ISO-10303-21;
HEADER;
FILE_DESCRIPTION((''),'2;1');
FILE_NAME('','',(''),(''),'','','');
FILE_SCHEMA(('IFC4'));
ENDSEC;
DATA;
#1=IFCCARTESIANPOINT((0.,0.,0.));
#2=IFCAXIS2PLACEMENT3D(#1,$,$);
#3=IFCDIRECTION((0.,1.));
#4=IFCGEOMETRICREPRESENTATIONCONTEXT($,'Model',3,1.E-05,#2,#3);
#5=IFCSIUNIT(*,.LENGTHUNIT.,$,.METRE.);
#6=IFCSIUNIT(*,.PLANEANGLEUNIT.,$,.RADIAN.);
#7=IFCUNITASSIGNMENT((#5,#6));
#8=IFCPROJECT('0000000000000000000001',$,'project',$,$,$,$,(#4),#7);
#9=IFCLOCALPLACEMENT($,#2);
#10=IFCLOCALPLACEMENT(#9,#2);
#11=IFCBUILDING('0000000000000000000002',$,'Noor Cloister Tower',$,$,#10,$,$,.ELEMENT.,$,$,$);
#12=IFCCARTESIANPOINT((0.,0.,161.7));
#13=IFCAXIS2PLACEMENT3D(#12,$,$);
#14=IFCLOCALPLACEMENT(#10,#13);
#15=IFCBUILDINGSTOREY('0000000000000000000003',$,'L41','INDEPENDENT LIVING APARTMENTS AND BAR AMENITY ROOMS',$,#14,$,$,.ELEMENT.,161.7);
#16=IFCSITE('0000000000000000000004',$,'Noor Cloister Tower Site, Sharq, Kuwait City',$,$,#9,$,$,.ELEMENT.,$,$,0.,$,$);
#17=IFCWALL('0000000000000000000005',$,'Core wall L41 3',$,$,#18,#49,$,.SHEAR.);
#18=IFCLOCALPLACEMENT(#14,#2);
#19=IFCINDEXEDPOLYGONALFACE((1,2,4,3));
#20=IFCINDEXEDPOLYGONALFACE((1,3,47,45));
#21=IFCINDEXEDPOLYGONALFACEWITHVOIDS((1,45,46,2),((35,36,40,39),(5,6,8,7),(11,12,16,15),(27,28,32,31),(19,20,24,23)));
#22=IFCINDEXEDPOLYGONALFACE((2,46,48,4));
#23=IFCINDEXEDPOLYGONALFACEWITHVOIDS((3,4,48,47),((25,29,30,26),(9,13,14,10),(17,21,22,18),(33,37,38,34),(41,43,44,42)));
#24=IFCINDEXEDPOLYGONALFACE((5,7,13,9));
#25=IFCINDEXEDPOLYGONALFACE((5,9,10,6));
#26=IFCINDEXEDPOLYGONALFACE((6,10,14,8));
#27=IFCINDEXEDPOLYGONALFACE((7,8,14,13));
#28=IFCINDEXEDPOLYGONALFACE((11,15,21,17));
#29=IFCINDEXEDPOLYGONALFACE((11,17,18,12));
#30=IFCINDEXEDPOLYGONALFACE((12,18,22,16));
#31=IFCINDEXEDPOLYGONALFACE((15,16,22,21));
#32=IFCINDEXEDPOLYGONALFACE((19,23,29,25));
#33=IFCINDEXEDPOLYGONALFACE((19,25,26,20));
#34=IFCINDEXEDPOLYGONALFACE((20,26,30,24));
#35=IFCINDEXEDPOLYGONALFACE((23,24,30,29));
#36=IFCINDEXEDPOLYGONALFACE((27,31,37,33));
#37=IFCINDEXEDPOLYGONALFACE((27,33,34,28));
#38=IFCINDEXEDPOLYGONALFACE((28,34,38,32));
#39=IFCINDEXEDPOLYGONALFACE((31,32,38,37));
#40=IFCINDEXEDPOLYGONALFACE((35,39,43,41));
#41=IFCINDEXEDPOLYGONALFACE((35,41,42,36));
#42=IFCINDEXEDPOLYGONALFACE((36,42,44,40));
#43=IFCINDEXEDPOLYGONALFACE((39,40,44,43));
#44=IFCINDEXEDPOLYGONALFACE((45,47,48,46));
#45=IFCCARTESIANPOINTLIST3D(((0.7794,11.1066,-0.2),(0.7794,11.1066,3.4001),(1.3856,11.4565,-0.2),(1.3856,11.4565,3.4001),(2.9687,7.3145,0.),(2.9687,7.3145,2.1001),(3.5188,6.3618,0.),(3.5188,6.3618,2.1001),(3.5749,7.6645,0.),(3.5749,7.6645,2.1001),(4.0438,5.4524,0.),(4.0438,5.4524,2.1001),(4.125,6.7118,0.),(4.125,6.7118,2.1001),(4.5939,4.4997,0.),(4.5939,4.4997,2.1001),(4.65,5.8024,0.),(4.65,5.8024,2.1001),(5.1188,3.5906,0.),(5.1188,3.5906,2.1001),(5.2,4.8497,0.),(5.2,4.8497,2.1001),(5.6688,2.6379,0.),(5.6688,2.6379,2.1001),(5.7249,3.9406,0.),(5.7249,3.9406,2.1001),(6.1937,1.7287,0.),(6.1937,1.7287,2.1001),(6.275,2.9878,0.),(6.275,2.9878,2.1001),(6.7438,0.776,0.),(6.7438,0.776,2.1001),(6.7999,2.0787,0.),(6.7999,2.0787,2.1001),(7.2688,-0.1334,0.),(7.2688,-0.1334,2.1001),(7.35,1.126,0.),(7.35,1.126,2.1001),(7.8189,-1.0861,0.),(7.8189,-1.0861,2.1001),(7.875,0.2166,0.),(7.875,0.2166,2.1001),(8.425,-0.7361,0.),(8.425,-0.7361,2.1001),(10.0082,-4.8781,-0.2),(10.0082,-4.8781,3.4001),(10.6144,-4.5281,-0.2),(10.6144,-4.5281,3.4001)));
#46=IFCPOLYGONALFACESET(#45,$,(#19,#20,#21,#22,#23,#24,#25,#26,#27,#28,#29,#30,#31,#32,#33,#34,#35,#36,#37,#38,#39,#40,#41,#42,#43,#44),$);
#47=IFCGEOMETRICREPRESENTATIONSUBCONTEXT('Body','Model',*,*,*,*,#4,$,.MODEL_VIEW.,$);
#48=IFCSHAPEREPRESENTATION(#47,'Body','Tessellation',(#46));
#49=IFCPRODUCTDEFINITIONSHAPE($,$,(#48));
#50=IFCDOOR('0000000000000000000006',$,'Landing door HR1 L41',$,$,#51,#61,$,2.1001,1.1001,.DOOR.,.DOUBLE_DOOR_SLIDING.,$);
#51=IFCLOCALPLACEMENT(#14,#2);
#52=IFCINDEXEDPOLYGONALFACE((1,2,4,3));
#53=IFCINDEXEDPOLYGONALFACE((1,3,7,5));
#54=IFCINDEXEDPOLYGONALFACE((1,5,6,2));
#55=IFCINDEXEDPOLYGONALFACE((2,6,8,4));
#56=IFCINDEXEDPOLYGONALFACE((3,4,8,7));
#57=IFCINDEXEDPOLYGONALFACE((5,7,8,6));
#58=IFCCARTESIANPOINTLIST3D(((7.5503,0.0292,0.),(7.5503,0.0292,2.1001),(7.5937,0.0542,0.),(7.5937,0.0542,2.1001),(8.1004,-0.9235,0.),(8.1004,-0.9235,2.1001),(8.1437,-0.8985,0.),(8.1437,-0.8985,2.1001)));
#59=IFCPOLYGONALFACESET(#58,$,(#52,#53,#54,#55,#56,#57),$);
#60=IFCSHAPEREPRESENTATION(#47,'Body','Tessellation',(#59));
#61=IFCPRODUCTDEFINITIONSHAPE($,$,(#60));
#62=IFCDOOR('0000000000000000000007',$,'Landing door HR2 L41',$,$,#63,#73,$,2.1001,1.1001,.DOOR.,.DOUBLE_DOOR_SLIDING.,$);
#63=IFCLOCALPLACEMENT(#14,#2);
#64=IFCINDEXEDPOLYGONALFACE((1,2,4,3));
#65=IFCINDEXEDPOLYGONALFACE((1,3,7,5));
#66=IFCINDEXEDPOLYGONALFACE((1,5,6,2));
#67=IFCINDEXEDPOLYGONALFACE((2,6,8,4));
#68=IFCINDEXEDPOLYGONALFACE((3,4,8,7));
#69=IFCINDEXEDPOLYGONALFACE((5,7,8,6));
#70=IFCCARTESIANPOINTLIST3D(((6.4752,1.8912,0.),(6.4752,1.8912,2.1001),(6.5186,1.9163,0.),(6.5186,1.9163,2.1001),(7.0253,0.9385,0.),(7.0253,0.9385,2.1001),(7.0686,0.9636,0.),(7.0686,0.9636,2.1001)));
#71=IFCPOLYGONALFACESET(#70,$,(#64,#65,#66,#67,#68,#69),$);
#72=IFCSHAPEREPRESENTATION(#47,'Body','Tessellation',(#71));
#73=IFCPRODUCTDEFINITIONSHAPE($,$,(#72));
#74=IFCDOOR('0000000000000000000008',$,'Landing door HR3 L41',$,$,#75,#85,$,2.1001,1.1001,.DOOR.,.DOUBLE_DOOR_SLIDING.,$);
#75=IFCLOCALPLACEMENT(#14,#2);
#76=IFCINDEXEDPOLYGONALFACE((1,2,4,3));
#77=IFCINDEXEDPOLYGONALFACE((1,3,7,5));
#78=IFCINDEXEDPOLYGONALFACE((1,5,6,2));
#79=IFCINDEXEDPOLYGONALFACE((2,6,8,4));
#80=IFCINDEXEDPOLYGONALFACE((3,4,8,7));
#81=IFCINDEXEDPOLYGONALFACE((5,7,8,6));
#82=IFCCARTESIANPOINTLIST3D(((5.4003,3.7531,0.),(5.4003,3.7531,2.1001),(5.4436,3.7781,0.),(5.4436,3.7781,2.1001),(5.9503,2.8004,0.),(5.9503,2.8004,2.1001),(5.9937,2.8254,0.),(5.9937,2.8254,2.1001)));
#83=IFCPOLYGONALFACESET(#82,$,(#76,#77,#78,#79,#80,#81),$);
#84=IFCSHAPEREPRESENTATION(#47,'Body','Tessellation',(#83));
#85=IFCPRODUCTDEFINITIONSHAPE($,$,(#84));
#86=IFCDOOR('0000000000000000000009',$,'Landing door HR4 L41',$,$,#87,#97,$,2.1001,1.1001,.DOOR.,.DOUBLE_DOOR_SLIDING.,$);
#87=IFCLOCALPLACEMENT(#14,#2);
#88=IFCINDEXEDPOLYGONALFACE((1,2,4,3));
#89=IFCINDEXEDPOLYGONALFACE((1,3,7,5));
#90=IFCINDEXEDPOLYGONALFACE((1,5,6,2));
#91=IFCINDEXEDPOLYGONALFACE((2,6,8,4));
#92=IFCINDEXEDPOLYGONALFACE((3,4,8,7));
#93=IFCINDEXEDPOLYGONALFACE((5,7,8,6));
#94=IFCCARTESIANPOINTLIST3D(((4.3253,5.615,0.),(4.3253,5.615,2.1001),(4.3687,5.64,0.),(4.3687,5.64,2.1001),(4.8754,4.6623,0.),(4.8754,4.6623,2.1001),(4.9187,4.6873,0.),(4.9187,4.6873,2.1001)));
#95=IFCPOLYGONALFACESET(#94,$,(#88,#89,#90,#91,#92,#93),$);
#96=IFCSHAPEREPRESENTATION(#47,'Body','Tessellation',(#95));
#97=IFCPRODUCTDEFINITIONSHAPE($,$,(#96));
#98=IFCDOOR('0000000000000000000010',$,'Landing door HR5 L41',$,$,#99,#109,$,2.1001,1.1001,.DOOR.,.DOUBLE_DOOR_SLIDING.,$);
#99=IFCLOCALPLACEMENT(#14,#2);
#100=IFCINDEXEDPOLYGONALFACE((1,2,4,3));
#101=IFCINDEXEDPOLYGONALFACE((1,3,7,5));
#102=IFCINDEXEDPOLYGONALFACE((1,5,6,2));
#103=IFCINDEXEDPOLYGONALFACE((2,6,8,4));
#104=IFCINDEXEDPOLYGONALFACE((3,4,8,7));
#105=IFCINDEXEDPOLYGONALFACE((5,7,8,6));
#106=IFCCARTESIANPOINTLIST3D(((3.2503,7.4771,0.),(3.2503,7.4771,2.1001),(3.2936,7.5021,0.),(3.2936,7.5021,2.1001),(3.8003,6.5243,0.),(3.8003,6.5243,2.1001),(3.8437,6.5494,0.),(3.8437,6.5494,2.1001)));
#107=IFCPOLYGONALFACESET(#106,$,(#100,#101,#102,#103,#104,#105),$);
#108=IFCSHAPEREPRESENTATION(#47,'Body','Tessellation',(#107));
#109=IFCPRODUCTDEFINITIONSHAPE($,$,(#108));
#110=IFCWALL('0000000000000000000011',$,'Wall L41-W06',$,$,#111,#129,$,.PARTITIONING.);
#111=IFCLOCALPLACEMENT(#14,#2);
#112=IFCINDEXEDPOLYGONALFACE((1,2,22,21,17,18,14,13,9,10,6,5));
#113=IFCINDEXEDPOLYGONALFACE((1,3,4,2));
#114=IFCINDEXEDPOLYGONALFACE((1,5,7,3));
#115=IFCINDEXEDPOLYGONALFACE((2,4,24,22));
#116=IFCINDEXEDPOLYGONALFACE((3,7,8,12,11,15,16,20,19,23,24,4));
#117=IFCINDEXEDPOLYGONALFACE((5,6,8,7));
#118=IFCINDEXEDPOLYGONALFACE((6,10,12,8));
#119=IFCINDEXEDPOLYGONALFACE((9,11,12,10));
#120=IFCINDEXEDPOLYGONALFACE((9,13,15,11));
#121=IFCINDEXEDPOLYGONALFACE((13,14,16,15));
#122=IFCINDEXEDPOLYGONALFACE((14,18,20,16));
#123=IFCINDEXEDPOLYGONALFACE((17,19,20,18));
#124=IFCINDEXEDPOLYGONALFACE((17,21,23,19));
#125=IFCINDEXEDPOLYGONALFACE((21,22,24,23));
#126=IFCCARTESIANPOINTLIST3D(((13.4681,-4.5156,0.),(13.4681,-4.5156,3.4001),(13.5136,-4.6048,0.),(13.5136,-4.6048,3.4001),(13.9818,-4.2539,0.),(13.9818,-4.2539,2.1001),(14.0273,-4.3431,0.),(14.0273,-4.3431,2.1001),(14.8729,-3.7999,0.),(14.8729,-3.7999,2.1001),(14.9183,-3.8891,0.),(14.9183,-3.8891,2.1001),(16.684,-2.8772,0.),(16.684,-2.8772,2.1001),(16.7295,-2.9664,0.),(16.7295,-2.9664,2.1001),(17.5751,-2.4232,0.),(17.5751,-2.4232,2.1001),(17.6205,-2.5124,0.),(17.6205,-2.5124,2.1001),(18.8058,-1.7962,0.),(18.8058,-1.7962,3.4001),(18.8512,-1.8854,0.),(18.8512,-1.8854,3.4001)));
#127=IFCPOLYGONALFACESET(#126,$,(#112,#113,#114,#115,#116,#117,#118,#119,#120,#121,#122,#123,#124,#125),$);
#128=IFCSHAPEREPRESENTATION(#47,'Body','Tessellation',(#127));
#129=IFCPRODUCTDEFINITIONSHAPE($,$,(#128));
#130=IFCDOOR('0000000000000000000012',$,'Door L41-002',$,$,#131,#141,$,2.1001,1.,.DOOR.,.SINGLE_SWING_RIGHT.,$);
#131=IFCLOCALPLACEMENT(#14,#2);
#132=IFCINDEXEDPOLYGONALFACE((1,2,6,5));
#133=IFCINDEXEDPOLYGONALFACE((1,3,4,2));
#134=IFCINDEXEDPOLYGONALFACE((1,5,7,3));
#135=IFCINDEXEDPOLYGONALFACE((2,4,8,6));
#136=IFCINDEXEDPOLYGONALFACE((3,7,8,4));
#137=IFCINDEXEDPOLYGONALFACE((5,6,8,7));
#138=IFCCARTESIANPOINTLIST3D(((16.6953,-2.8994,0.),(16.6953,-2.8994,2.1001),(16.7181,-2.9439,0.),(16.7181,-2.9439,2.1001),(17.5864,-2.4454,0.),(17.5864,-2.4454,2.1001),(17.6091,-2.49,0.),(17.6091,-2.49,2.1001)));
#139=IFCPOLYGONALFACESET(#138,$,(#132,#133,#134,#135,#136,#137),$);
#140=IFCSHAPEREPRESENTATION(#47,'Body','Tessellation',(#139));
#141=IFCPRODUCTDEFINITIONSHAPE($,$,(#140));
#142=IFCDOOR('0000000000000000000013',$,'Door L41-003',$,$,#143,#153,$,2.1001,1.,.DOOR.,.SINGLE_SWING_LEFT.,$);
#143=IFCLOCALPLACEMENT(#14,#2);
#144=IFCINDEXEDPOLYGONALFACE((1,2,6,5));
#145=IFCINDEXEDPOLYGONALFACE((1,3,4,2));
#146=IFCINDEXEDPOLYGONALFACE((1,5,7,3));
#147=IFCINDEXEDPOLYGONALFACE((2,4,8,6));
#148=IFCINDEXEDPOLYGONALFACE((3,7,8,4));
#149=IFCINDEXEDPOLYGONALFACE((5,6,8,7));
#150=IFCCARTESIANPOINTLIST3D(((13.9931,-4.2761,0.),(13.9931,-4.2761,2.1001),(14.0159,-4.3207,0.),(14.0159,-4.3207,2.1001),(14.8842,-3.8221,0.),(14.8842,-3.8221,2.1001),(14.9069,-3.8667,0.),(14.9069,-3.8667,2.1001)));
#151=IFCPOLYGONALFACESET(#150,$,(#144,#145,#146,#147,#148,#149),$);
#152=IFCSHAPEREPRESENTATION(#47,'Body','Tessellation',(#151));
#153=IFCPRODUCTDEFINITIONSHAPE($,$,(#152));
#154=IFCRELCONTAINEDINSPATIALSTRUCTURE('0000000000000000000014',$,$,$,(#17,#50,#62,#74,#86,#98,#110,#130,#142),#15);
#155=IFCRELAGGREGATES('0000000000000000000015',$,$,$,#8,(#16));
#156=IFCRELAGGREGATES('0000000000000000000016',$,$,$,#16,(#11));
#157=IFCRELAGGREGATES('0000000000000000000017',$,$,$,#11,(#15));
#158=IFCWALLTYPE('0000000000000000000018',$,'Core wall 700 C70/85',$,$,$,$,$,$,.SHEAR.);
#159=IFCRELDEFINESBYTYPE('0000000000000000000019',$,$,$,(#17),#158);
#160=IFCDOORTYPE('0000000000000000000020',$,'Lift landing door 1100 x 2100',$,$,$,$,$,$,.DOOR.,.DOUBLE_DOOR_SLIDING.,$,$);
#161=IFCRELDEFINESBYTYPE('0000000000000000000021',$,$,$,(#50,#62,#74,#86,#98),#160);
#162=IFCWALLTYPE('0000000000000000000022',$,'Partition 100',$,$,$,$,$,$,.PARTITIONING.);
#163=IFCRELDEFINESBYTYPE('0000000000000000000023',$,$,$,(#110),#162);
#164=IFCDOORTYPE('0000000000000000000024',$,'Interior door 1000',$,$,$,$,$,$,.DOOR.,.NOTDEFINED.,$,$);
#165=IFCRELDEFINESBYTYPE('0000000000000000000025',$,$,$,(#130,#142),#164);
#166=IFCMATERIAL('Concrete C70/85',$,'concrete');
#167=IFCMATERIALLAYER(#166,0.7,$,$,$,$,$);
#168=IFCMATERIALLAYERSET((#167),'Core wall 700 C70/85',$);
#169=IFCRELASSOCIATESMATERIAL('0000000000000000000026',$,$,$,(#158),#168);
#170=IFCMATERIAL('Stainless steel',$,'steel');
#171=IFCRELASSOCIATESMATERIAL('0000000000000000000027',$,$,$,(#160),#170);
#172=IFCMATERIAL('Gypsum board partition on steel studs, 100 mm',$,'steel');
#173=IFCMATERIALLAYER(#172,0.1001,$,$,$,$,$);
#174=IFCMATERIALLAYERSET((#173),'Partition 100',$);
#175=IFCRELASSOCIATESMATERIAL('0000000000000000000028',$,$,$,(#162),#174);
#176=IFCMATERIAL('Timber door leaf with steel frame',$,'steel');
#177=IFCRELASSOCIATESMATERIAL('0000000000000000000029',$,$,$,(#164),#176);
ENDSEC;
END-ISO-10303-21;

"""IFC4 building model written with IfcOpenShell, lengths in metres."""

from ifc_helpers import new_model, si_unit, direction, frame, frame_2d, origin, place, context, subcontext, project, spatial, rectangle, extrude, material, layer, layer_set, type_object, element, fill, save


model = new_model("IFC4")

# Units and contexts
model_context = context("Model", 3, precision=1e-05, world=origin(), true_north=direction((0.0, 1.0)))
body_context = subcontext(model_context, "Body", "Model", "MODEL_VIEW")
ifc_project = project(units=[si_unit("LENGTHUNIT", "METRE"), si_unit("PLANEANGLEUNIT", "RADIAN")], contexts=[model_context])

# Site, building, storey
site_placement = place(None, origin())
site = spatial("IfcSite", under=ifc_project, at=site_placement, Name="Noor Cloister Tower Site, Sharq, Kuwait City", CompositionType="ELEMENT", RefElevation=0.0)
building_placement = place(site_placement, origin())
building = spatial("IfcBuilding", under=site, at=building_placement, Name="Noor Cloister Tower", CompositionType="ELEMENT")
storey_placement = place(building_placement, frame((0.0, 0.0, 161.7)))
storey = spatial("IfcBuildingStorey", under=building, at=storey_placement, Name="L41", Description="INDEPENDENT LIVING APARTMENTS AND BAR AMENITY ROOMS", CompositionType="ELEMENT", Elevation=161.7)

# Walls, openings, doors
ifc_material_1 = material(Name="Concrete C70/85", Category="concrete")
ifc_layer_1 = layer(ifc_material_1, 0.7)
ifc_layer_set_1 = layer_set([ifc_layer_1], Name="Core wall 700 C70/85")
wall_type_1 = type_object("IfcWallType", Name="Core wall 700 C70/85", PredefinedType="SHEAR", material=ifc_layer_set_1)
wall_1_placement = place(storey_placement, frame((10.3113, -4.7031, -0.2), z_axis=(0.0, 0.0, 1.0), x_axis=(-0.500001, 0.866025, 0.0)))
wall_1 = element("IfcWall", 1, at=wall_1_placement, inside=storey, type_object=wall_type_1, Name="Core wall L41 3", PredefinedType="SHEAR", context=body_context, shape_type="SweptSolid", body=[
    extrude(rectangle(XDim=18.4575, YDim=0.7, at=frame_2d((9.2288, 0.0))), origin(), (0.0, 0.0, 1.0), 3.6001),
])
opening_1_placement = place(wall_1_placement, frame((4.3787, 0.0, 0.2)))
opening_1 = element("IfcOpeningElement", 2, at=opening_1_placement, cuts=wall_1, PredefinedType="OPENING", context=body_context, shape_type="SweptSolid", body=[
    extrude(rectangle(XDim=1.1001, YDim=2.1001, at=frame_2d((0.55, 1.05))), frame((0.0, 0.3599, 0.0), z_axis=(0.0, -1.0, 0.0), x_axis=(1.0, 0.0, 0.0)), (0.0, 0.0, 1.0), 0.72),
])
opening_2_placement = place(wall_1_placement, frame((6.5288, 0.0, 0.2)))
opening_2 = element("IfcOpeningElement", 3, at=opening_2_placement, cuts=wall_1, PredefinedType="OPENING", context=body_context, shape_type="SweptSolid", body=[
    extrude(rectangle(XDim=1.1001, YDim=2.1001, at=frame_2d((0.55, 1.05))), frame((0.0, 0.3599, 0.0), z_axis=(0.0, -1.0, 0.0), x_axis=(1.0, 0.0, 0.0)), (0.0, 0.0, 1.0), 0.72),
])
opening_3_placement = place(wall_1_placement, frame((8.6787, 0.0, 0.2)))
opening_3 = element("IfcOpeningElement", 4, at=opening_3_placement, cuts=wall_1, PredefinedType="OPENING", context=body_context, shape_type="SweptSolid", body=[
    extrude(rectangle(XDim=1.1001, YDim=2.1001, at=frame_2d((0.55, 1.05))), frame((0.0, 0.3599, 0.0), z_axis=(0.0, -1.0, 0.0), x_axis=(1.0, 0.0, 0.0)), (0.0, 0.0, 1.0), 0.72),
])
opening_4_placement = place(wall_1_placement, frame((10.8286, 0.0, 0.2)))
opening_4 = element("IfcOpeningElement", 5, at=opening_4_placement, cuts=wall_1, PredefinedType="OPENING", context=body_context, shape_type="SweptSolid", body=[
    extrude(rectangle(XDim=1.1001, YDim=2.1001, at=frame_2d((0.55, 1.05))), frame((0.0, 0.3599, 0.0), z_axis=(0.0, -1.0, 0.0), x_axis=(1.0, 0.0, 0.0)), (0.0, 0.0, 1.0), 0.72),
])
opening_5_placement = place(wall_1_placement, frame((12.9788, 0.0, 0.2)))
opening_5 = element("IfcOpeningElement", 6, at=opening_5_placement, cuts=wall_1, PredefinedType="OPENING", context=body_context, shape_type="SweptSolid", body=[
    extrude(rectangle(XDim=1.1001, YDim=2.1001, at=frame_2d((0.55, 1.05))), frame((0.0, 0.3599, 0.0), z_axis=(0.0, -1.0, 0.0), x_axis=(1.0, 0.0, 0.0)), (0.0, 0.0, 1.0), 0.72),
])
ifc_material_2 = material(Name="Stainless steel", Category="steel")
door_type_1 = type_object("IfcDoorType", Name="Lift landing door 1100 x 2100", OperationType="DOUBLE_DOOR_SLIDING", PredefinedType="DOOR", material=ifc_material_2)
door_1_placement = place(opening_1_placement, origin())
door_1 = element("IfcDoor", 7, at=door_1_placement, inside=storey, type_object=door_type_1, Name="Landing door HR1 L41", OperationType="DOUBLE_DOOR_SLIDING", OverallHeight=2.1001, OverallWidth=1.1001, PredefinedType="DOOR", context=body_context, shape_type="SweptSolid", body=[
    extrude(rectangle(XDim=1.1001, YDim=2.1001, at=frame_2d((0.55, 1.05))), frame((0.0, 0.0249, 0.0), z_axis=(0.0, -1.0, 0.0), x_axis=(1.0, 0.0, 0.0)), (0.0, 0.0, 1.0), 0.05),
])
fill(opening_1, door_1)
door_2_placement = place(opening_2_placement, origin())
door_2 = element("IfcDoor", 8, at=door_2_placement, inside=storey, type_object=door_type_1, Name="Landing door HR2 L41", OperationType="DOUBLE_DOOR_SLIDING", OverallHeight=2.1001, OverallWidth=1.1001, PredefinedType="DOOR", context=body_context, shape_type="SweptSolid", body=[
    extrude(rectangle(XDim=1.1001, YDim=2.1001, at=frame_2d((0.55, 1.05))), frame((0.0, 0.0249, 0.0), z_axis=(0.0, -1.0, 0.0), x_axis=(1.0, 0.0, 0.0)), (0.0, 0.0, 1.0), 0.05),
])
fill(opening_2, door_2)
door_3_placement = place(opening_3_placement, origin())
door_3 = element("IfcDoor", 9, at=door_3_placement, inside=storey, type_object=door_type_1, Name="Landing door HR3 L41", OperationType="DOUBLE_DOOR_SLIDING", OverallHeight=2.1001, OverallWidth=1.1001, PredefinedType="DOOR", context=body_context, shape_type="SweptSolid", body=[
    extrude(rectangle(XDim=1.1001, YDim=2.1001, at=frame_2d((0.55, 1.05))), frame((0.0, 0.0249, 0.0), z_axis=(0.0, -1.0, 0.0), x_axis=(1.0, 0.0, 0.0)), (0.0, 0.0, 1.0), 0.05),
])
fill(opening_3, door_3)
door_4_placement = place(opening_4_placement, origin())
door_4 = element("IfcDoor", 10, at=door_4_placement, inside=storey, type_object=door_type_1, Name="Landing door HR4 L41", OperationType="DOUBLE_DOOR_SLIDING", OverallHeight=2.1001, OverallWidth=1.1001, PredefinedType="DOOR", context=body_context, shape_type="SweptSolid", body=[
    extrude(rectangle(XDim=1.1001, YDim=2.1001, at=frame_2d((0.55, 1.05))), frame((0.0, 0.0249, 0.0), z_axis=(0.0, -1.0, 0.0), x_axis=(1.0, 0.0, 0.0)), (0.0, 0.0, 1.0), 0.05),
])
fill(opening_4, door_4)
door_5_placement = place(opening_5_placement, origin())
door_5 = element("IfcDoor", 11, at=door_5_placement, inside=storey, type_object=door_type_1, Name="Landing door HR5 L41", OperationType="DOUBLE_DOOR_SLIDING", OverallHeight=2.1001, OverallWidth=1.1001, PredefinedType="DOOR", context=body_context, shape_type="SweptSolid", body=[
    extrude(rectangle(XDim=1.1001, YDim=2.1001, at=frame_2d((0.55, 1.05))), frame((0.0, 0.0249, 0.0), z_axis=(0.0, -1.0, 0.0), x_axis=(1.0, 0.0, 0.0)), (0.0, 0.0, 1.0), 0.05),
])
fill(opening_5, door_5)
ifc_material_3 = material(Name="Gypsum board partition on steel studs, 100 mm", Category="steel")
ifc_layer_2 = layer(ifc_material_3, 0.1001)
ifc_layer_set_2 = layer_set([ifc_layer_2], Name="Partition 100")
wall_type_2 = type_object("IfcWallType", Name="Partition 100", PredefinedType="PARTITIONING", material=ifc_layer_set_2)
wall_2_placement = place(storey_placement, frame((18.8284, -1.8408, 0.0), z_axis=(0.0, 0.0, 1.0), x_axis=(-0.891019, -0.453966, 0.0)))
wall_2 = element("IfcWall", 12, at=wall_2_placement, inside=storey, type_object=wall_type_2, Name="Wall L41-W06", PredefinedType="PARTITIONING", context=body_context, shape_type="SweptSolid", body=[
    extrude(rectangle(XDim=5.9905, YDim=0.1001, at=frame_2d((2.9951, 0.0))), origin(), (0.0, 0.0, 1.0), 3.4001),
])
opening_6_placement = place(wall_2_placement, frame((1.3811, 0.0, 0.0)))
opening_6 = element("IfcOpeningElement", 13, at=opening_6_placement, cuts=wall_2, PredefinedType="OPENING", context=body_context, shape_type="SweptSolid", body=[
    extrude(rectangle(XDim=1.0, YDim=2.1001, at=frame_2d((0.5, 1.05))), frame((0.0, 0.0601, 0.0), z_axis=(0.0, -1.0, 0.0), x_axis=(1.0, 0.0, 0.0)), (0.0, 0.0, 1.0), 0.1201),
])
opening_7_placement = place(wall_2_placement, frame((4.4138, 0.0, 0.0)))
opening_7 = element("IfcOpeningElement", 14, at=opening_7_placement, cuts=wall_2, PredefinedType="OPENING", context=body_context, shape_type="SweptSolid", body=[
    extrude(rectangle(XDim=1.0, YDim=2.1001, at=frame_2d((0.5, 1.05))), frame((0.0, 0.0601, 0.0), z_axis=(0.0, -1.0, 0.0), x_axis=(1.0, 0.0, 0.0)), (0.0, 0.0, 1.0), 0.1201),
])
ifc_material_4 = material(Name="Timber door leaf with steel frame", Category="steel")
door_type_2 = type_object("IfcDoorType", Name="Interior door 1000", OperationType="NOTDEFINED", PredefinedType="DOOR", material=ifc_material_4)
door_6_placement = place(opening_6_placement, origin())
door_6 = element("IfcDoor", 15, at=door_6_placement, inside=storey, type_object=door_type_2, Name="Door L41-002", OperationType="SINGLE_SWING_RIGHT", OverallHeight=2.1001, OverallWidth=1.0, PredefinedType="DOOR", context=body_context, shape_type="SweptSolid", body=[
    extrude(rectangle(XDim=1.0, YDim=2.1001, at=frame_2d((0.5, 1.05))), frame((0.0, 0.0249, 0.0), z_axis=(0.0, -1.0, 0.0), x_axis=(1.0, 0.0, 0.0)), (0.0, 0.0, 1.0), 0.05),
])
fill(opening_6, door_6)
door_7_placement = place(opening_7_placement, origin())
door_7 = element("IfcDoor", 16, at=door_7_placement, inside=storey, type_object=door_type_2, Name="Door L41-003", OperationType="SINGLE_SWING_LEFT", OverallHeight=2.1001, OverallWidth=1.0, PredefinedType="DOOR", context=body_context, shape_type="SweptSolid", body=[
    extrude(rectangle(XDim=1.0, YDim=2.1001, at=frame_2d((0.5, 1.05))), frame((0.0, 0.0249, 0.0), z_axis=(0.0, -1.0, 0.0), x_axis=(1.0, 0.0, 0.0)), (0.0, 0.0, 1.0), 0.05),
])
fill(opening_7, door_7)

save(model, "model.ifc")
